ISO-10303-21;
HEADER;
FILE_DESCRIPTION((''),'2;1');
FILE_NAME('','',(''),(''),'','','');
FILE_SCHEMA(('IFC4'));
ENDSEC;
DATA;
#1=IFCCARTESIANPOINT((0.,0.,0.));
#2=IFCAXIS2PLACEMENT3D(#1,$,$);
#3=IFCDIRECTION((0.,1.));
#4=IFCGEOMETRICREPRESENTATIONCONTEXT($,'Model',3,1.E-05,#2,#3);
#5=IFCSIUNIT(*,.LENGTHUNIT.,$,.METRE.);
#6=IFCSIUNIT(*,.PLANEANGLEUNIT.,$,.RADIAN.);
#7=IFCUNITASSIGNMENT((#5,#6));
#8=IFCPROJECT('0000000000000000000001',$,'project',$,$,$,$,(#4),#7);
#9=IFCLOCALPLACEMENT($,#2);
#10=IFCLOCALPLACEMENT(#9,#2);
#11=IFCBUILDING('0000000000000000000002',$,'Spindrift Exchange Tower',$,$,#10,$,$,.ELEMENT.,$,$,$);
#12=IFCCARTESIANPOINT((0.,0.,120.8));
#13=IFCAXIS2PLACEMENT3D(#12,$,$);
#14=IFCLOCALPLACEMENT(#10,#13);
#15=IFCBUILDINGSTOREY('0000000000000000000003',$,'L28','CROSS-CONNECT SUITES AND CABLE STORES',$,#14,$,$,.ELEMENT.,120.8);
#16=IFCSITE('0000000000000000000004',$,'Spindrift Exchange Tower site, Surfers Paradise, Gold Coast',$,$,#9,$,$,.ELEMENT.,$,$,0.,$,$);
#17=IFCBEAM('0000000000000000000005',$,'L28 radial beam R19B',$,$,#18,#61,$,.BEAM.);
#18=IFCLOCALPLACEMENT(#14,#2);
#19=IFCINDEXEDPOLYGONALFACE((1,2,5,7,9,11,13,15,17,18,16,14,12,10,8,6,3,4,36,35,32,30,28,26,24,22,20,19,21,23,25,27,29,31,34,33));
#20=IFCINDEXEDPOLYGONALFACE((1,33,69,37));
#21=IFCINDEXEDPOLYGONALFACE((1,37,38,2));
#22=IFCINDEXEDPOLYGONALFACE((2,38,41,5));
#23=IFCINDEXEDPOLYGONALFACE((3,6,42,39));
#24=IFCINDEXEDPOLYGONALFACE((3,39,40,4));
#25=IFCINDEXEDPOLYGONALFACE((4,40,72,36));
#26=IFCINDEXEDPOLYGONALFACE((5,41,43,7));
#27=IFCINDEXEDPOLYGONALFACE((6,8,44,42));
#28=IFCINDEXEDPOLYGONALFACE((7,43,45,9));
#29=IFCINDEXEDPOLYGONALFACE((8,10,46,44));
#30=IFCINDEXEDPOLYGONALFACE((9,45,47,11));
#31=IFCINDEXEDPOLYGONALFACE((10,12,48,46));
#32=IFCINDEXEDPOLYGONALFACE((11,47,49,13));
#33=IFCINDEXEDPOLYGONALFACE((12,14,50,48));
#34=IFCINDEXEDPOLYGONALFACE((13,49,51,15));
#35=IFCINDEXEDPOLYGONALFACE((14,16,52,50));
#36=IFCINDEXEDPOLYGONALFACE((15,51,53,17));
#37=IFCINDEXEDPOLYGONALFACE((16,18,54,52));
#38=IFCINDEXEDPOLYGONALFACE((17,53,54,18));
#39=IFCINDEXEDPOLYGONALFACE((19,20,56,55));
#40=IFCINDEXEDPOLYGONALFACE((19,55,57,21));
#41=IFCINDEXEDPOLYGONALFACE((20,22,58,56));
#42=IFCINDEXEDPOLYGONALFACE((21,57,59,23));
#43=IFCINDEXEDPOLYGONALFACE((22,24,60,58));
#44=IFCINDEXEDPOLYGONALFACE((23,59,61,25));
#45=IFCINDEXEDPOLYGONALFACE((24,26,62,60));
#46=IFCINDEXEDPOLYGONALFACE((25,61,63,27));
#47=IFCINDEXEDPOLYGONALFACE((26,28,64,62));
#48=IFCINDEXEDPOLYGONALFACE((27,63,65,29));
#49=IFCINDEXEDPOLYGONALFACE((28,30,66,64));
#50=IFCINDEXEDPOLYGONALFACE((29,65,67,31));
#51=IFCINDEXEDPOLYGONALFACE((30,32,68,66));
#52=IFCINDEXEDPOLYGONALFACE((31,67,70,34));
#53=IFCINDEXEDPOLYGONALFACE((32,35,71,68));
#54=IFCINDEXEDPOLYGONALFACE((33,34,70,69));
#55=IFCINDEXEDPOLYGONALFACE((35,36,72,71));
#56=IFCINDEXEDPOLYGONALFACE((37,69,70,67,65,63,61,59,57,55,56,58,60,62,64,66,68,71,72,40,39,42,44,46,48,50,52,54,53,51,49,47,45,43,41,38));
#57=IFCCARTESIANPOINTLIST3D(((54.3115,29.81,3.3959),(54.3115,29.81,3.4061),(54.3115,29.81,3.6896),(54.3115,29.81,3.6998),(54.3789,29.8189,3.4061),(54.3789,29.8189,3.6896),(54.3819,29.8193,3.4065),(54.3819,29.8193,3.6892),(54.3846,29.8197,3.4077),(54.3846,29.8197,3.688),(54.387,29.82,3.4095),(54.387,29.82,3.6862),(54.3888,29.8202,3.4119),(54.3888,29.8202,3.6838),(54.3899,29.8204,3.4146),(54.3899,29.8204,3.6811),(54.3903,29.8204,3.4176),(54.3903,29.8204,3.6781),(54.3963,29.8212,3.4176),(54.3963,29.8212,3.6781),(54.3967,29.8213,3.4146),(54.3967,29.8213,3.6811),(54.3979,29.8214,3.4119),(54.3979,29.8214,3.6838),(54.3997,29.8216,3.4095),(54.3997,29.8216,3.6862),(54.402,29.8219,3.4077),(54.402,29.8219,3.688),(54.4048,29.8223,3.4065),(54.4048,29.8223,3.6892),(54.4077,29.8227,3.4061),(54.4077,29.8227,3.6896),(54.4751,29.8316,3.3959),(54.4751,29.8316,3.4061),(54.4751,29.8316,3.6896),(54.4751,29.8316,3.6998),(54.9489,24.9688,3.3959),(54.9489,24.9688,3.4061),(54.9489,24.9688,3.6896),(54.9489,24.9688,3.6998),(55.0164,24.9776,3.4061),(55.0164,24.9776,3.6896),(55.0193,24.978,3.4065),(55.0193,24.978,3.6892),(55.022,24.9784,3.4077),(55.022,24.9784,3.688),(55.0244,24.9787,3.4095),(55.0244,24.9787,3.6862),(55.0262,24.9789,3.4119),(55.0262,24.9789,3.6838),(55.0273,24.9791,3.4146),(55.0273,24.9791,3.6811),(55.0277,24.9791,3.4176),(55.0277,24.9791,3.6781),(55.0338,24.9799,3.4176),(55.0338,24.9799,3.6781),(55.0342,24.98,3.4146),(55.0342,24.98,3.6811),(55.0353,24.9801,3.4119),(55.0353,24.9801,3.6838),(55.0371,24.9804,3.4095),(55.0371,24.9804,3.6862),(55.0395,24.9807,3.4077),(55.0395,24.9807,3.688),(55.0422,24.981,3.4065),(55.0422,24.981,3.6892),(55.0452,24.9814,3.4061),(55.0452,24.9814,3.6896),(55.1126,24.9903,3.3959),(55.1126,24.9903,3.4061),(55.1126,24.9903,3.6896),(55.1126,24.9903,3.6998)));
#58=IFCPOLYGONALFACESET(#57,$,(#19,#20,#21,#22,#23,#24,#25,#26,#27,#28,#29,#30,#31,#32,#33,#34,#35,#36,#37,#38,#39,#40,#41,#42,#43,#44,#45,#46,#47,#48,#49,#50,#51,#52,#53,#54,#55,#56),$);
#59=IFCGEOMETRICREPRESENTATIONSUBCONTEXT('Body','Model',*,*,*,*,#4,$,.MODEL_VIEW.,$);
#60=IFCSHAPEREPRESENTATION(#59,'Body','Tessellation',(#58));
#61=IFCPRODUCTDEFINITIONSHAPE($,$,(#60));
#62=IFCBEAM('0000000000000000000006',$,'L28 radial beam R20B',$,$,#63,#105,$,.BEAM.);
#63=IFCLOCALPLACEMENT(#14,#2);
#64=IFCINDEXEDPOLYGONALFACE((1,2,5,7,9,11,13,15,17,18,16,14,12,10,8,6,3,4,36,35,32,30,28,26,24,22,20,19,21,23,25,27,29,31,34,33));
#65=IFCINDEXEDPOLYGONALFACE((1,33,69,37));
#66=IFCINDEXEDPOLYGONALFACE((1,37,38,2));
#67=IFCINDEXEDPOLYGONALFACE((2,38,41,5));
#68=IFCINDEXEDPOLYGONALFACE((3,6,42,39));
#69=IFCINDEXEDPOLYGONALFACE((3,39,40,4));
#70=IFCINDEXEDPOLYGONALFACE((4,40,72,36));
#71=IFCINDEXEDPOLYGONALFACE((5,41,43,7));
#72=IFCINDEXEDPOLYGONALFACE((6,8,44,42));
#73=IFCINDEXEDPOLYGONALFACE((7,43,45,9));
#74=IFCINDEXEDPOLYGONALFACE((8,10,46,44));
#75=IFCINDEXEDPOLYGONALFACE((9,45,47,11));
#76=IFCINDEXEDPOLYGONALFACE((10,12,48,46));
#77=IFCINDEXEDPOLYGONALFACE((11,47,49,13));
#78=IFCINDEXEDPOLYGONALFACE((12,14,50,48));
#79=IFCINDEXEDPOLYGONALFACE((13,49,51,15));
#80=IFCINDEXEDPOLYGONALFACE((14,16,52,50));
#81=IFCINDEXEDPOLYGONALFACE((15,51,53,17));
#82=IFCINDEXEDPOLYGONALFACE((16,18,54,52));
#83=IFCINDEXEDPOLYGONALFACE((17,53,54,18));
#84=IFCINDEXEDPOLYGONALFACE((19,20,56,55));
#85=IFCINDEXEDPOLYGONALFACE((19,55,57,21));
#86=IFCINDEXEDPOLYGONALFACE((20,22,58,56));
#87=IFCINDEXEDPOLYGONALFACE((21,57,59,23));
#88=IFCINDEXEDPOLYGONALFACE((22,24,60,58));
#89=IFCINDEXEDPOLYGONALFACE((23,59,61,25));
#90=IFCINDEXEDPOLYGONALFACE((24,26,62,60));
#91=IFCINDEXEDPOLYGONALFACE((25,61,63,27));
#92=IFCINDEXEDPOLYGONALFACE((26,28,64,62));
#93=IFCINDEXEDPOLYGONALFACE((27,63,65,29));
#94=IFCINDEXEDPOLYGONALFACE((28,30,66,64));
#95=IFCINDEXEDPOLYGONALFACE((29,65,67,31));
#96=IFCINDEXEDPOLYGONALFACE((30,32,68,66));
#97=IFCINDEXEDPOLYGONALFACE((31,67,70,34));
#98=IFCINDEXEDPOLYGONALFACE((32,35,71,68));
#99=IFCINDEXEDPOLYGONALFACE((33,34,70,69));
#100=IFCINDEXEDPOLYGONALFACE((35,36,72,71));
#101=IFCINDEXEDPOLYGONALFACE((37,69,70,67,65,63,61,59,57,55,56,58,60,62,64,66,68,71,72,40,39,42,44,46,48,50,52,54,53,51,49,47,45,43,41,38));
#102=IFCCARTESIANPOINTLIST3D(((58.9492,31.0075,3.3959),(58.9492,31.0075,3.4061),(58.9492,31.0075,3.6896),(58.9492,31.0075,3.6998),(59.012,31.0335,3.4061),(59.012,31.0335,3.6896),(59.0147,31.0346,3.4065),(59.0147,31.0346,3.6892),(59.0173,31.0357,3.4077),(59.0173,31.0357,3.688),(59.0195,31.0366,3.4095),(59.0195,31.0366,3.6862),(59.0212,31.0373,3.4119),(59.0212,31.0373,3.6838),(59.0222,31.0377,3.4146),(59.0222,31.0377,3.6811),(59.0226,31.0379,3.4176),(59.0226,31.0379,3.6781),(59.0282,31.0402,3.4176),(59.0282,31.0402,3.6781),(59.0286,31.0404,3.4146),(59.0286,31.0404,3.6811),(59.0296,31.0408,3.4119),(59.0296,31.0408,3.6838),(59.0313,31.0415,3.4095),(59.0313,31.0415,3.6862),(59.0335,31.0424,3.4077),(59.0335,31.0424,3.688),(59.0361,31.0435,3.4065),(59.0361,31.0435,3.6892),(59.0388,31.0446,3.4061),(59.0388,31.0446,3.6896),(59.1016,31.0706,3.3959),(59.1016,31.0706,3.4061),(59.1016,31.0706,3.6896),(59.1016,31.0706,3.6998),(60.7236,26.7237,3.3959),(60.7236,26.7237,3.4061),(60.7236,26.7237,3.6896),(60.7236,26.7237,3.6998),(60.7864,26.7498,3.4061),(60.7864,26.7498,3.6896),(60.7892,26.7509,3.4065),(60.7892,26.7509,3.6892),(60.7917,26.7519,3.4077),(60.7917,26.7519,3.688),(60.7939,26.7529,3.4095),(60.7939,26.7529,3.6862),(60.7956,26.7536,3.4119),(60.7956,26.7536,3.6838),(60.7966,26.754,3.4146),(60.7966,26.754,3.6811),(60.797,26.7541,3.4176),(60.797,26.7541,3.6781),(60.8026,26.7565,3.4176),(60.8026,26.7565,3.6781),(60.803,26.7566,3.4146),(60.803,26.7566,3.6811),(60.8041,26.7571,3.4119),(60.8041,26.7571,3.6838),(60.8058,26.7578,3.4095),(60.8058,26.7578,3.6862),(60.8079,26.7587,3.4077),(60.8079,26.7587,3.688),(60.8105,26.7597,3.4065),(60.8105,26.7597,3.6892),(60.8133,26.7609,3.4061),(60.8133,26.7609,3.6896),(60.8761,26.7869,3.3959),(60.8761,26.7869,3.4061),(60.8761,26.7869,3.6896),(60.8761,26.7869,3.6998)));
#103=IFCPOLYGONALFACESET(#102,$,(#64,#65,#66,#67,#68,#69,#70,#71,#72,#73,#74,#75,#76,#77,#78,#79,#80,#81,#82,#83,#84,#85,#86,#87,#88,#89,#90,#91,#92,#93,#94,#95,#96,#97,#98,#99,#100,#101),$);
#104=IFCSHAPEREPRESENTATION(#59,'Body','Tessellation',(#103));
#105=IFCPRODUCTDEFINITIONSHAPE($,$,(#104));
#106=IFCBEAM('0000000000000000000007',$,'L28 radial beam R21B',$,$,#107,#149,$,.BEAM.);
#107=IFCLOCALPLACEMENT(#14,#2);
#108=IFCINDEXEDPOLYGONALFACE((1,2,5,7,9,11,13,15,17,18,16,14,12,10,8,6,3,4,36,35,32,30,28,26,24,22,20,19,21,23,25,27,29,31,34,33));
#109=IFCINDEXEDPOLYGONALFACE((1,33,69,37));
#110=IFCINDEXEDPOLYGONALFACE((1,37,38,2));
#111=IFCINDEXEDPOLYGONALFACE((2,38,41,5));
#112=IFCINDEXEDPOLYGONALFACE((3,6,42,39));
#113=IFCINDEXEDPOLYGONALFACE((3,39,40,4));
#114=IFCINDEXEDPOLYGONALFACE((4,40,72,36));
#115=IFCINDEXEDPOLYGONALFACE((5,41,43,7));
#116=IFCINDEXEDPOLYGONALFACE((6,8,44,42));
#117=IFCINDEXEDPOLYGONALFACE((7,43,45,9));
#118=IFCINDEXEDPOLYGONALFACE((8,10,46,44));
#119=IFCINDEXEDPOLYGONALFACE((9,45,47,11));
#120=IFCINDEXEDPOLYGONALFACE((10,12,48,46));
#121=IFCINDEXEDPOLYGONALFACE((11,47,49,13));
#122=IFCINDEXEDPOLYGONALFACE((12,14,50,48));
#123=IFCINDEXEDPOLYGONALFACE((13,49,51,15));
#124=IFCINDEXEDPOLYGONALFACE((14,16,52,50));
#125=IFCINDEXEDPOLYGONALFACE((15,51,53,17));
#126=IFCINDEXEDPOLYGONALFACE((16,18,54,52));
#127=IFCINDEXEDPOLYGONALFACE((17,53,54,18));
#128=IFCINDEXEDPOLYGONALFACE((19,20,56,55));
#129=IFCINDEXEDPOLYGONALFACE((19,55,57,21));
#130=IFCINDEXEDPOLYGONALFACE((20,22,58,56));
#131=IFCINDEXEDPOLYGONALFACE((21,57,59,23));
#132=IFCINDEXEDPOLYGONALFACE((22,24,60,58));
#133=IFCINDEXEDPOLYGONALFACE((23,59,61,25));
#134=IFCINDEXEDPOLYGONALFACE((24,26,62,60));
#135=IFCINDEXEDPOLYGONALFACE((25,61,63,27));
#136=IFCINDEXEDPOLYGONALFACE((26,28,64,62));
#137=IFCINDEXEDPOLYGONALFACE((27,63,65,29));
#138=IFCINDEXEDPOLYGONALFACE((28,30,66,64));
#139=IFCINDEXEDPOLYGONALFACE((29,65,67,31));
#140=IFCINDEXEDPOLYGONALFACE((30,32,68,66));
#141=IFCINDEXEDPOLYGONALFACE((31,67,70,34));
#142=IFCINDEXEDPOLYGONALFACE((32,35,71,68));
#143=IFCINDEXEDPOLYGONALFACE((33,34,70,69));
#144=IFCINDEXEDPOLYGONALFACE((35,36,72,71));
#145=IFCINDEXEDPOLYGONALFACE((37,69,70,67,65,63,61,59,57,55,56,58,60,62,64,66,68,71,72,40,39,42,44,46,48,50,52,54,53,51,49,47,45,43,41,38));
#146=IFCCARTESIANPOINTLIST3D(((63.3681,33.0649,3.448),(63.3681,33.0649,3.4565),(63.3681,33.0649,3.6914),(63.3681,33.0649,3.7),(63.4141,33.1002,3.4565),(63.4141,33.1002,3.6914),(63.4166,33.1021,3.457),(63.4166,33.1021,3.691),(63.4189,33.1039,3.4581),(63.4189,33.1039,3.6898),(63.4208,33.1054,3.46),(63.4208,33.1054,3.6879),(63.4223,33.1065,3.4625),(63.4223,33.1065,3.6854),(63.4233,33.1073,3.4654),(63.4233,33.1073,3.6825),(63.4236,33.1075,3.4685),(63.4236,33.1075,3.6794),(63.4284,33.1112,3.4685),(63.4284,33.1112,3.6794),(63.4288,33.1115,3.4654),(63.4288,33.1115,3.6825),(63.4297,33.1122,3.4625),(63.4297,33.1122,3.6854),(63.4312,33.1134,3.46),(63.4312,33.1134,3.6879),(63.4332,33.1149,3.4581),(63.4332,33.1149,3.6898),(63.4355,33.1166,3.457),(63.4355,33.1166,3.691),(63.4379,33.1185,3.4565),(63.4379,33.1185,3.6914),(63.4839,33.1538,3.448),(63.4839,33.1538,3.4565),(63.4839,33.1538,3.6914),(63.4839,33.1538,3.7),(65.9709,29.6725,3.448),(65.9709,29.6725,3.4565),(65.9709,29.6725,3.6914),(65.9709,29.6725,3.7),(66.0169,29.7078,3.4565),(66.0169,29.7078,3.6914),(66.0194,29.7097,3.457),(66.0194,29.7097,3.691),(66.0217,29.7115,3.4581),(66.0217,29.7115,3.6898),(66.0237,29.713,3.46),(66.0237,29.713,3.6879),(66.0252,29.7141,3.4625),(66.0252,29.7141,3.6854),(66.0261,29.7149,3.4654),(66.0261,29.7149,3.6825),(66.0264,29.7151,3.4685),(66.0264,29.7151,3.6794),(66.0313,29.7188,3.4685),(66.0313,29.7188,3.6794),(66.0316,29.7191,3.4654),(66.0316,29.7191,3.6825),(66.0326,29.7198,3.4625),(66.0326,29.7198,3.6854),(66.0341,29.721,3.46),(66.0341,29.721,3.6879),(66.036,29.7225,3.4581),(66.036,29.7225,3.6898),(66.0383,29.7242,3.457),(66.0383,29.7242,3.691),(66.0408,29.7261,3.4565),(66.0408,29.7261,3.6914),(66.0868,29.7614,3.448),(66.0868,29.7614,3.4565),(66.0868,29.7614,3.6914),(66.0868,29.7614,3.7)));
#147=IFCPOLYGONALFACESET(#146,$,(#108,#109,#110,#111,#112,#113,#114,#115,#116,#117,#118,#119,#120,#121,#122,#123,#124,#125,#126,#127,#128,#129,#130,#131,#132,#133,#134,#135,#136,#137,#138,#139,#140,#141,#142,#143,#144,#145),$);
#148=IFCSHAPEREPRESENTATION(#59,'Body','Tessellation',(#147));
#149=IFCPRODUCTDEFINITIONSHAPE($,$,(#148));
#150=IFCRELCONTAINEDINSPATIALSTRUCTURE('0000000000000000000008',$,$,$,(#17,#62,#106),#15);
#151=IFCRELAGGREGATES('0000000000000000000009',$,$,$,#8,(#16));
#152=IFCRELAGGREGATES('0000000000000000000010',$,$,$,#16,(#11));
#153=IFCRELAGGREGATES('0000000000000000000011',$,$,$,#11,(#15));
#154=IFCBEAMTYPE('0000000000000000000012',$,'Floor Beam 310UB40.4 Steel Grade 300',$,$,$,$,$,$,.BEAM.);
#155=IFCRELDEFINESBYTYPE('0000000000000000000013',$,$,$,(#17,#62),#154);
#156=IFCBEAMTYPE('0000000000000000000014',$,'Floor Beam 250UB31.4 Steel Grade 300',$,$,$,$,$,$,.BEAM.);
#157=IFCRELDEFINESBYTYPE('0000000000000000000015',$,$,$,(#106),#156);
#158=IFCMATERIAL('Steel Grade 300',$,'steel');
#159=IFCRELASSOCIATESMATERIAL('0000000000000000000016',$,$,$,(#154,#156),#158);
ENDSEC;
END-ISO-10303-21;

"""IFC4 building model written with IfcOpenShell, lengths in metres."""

from ifc_helpers import new_model, si_unit, direction, frame, origin, origin_2d, place, context, subcontext, project, spatial, i_section, extrude, source, transform, mapped, material, material_profile, profile_set, type_object, element, save


model = new_model("IFC4")

# Units and contexts
model_context = context("Model", 3, precision=1e-05, world=origin(), true_north=direction((0.0, 1.0)))
body_context = subcontext(model_context, "Body", "Model", "MODEL_VIEW")
ifc_project = project(units=[si_unit("LENGTHUNIT", "METRE"), si_unit("PLANEANGLEUNIT", "RADIAN")], contexts=[model_context])

# Site, building, storey
site_placement = place(None, origin())
site = spatial("IfcSite", under=ifc_project, at=site_placement, Name="Spindrift Exchange Tower site, Surfers Paradise, Gold Coast", CompositionType="ELEMENT", RefElevation=0.0)
building_placement = place(site_placement, origin())
building = spatial("IfcBuilding", under=site, at=building_placement, Name="Spindrift Exchange Tower", CompositionType="ELEMENT")
storey_placement = place(building_placement, frame((0.0, 0.0, 120.8)))
storey = spatial("IfcBuildingStorey", under=building, at=storey_placement, Name="L28", Description="CROSS-CONNECT SUITES AND CABLE STORES", CompositionType="ELEMENT", Elevation=120.8)

# Beams
ifc_material_1 = material(Name="Steel Grade 300", Category="steel")
ifc_material_profile_1 = material_profile(ifc_material_1, i_section(OverallWidth=0.165, OverallDepth=0.304, WebThickness=0.0061, FlangeThickness=0.0103, FilletRadius=0.0115, at=origin_2d()), Name="310UB40.4")
ifc_profile_set_1 = profile_set([ifc_material_profile_1], Name="Steel Grade 300")
beam_type_1 = type_object("IfcBeamType", Name="Floor Beam 310UB40.4 Steel Grade 300", PredefinedType="BEAM", material=ifc_profile_set_1)
shared_shape_1 = source(origin(), body_context, "Body", "SweptSolid", [
    extrude(i_section(OverallWidth=0.165, OverallDepth=0.304, WebThickness=0.0061, FlangeThickness=0.0103, FilletRadius=0.0115, at=origin_2d()), origin(), (0.0, 0.0, 1.0), 4.8831),
])
beam_1_placement = place(storey_placement, frame((54.3933, 29.8208, 3.5479), z_axis=(0.130542, -0.991443, 0.0), x_axis=(0.991443, 0.130542, 0.0)))
element("IfcBeam", 1, at=beam_1_placement, inside=storey, type_object=beam_type_1, Name="L28 radial beam R19B", PredefinedType="BEAM", context=body_context, shape_type="MappedRepresentation", body=[
    mapped(shared_shape_1, transform((0.0, 0.0, 0.0), scale=1.0)),
])
shared_shape_2 = source(origin(), body_context, "Body", "SweptSolid", [
    extrude(i_section(OverallWidth=0.165, OverallDepth=0.304, WebThickness=0.0061, FlangeThickness=0.0103, FilletRadius=0.0115, at=origin_2d()), origin(), (0.0, 0.0, 1.0), 4.6367),
])
beam_2_placement = place(storey_placement, frame((59.0254, 31.0391, 3.5479), z_axis=(0.382693, -0.923876, 0.0), x_axis=(0.923876, 0.382693, 0.0)))
element("IfcBeam", 2, at=beam_2_placement, inside=storey, type_object=beam_type_1, Name="L28 radial beam R20B", PredefinedType="BEAM", context=body_context, shape_type="MappedRepresentation", body=[
    mapped(shared_shape_2, transform((0.0, 0.0, 0.0), scale=1.0)),
])
ifc_material_profile_2 = material_profile(ifc_material_1, i_section(OverallWidth=0.146, OverallDepth=0.252, WebThickness=0.0061, FlangeThickness=0.0085, FilletRadius=0.012, at=origin_2d()), Name="250UB31.4")
ifc_profile_set_2 = profile_set([ifc_material_profile_2], Name="Steel Grade 300")
beam_type_2 = type_object("IfcBeamType", Name="Floor Beam 250UB31.4 Steel Grade 300", PredefinedType="BEAM", material=ifc_profile_set_2)
shared_shape_3 = source(origin(), body_context, "Body", "SweptSolid", [
    extrude(i_section(OverallWidth=0.146, OverallDepth=0.252, WebThickness=0.0061, FlangeThickness=0.0085, FilletRadius=0.012, at=origin_2d()), origin(), (0.0, 0.0, 1.0), 4.2759),
])
beam_3_placement = place(storey_placement, frame((63.426, 33.1094, 3.574), z_axis=(0.608725, -0.793381, 0.0), x_axis=(0.793381, 0.608725, 0.0)))
element("IfcBeam", 3, at=beam_3_placement, inside=storey, type_object=beam_type_2, Name="L28 radial beam R21B", PredefinedType="BEAM", context=body_context, shape_type="MappedRepresentation", body=[
    mapped(shared_shape_3, transform((0.0, 0.0, 0.0), scale=1.0)),
])

save(model, "model.ifc")
